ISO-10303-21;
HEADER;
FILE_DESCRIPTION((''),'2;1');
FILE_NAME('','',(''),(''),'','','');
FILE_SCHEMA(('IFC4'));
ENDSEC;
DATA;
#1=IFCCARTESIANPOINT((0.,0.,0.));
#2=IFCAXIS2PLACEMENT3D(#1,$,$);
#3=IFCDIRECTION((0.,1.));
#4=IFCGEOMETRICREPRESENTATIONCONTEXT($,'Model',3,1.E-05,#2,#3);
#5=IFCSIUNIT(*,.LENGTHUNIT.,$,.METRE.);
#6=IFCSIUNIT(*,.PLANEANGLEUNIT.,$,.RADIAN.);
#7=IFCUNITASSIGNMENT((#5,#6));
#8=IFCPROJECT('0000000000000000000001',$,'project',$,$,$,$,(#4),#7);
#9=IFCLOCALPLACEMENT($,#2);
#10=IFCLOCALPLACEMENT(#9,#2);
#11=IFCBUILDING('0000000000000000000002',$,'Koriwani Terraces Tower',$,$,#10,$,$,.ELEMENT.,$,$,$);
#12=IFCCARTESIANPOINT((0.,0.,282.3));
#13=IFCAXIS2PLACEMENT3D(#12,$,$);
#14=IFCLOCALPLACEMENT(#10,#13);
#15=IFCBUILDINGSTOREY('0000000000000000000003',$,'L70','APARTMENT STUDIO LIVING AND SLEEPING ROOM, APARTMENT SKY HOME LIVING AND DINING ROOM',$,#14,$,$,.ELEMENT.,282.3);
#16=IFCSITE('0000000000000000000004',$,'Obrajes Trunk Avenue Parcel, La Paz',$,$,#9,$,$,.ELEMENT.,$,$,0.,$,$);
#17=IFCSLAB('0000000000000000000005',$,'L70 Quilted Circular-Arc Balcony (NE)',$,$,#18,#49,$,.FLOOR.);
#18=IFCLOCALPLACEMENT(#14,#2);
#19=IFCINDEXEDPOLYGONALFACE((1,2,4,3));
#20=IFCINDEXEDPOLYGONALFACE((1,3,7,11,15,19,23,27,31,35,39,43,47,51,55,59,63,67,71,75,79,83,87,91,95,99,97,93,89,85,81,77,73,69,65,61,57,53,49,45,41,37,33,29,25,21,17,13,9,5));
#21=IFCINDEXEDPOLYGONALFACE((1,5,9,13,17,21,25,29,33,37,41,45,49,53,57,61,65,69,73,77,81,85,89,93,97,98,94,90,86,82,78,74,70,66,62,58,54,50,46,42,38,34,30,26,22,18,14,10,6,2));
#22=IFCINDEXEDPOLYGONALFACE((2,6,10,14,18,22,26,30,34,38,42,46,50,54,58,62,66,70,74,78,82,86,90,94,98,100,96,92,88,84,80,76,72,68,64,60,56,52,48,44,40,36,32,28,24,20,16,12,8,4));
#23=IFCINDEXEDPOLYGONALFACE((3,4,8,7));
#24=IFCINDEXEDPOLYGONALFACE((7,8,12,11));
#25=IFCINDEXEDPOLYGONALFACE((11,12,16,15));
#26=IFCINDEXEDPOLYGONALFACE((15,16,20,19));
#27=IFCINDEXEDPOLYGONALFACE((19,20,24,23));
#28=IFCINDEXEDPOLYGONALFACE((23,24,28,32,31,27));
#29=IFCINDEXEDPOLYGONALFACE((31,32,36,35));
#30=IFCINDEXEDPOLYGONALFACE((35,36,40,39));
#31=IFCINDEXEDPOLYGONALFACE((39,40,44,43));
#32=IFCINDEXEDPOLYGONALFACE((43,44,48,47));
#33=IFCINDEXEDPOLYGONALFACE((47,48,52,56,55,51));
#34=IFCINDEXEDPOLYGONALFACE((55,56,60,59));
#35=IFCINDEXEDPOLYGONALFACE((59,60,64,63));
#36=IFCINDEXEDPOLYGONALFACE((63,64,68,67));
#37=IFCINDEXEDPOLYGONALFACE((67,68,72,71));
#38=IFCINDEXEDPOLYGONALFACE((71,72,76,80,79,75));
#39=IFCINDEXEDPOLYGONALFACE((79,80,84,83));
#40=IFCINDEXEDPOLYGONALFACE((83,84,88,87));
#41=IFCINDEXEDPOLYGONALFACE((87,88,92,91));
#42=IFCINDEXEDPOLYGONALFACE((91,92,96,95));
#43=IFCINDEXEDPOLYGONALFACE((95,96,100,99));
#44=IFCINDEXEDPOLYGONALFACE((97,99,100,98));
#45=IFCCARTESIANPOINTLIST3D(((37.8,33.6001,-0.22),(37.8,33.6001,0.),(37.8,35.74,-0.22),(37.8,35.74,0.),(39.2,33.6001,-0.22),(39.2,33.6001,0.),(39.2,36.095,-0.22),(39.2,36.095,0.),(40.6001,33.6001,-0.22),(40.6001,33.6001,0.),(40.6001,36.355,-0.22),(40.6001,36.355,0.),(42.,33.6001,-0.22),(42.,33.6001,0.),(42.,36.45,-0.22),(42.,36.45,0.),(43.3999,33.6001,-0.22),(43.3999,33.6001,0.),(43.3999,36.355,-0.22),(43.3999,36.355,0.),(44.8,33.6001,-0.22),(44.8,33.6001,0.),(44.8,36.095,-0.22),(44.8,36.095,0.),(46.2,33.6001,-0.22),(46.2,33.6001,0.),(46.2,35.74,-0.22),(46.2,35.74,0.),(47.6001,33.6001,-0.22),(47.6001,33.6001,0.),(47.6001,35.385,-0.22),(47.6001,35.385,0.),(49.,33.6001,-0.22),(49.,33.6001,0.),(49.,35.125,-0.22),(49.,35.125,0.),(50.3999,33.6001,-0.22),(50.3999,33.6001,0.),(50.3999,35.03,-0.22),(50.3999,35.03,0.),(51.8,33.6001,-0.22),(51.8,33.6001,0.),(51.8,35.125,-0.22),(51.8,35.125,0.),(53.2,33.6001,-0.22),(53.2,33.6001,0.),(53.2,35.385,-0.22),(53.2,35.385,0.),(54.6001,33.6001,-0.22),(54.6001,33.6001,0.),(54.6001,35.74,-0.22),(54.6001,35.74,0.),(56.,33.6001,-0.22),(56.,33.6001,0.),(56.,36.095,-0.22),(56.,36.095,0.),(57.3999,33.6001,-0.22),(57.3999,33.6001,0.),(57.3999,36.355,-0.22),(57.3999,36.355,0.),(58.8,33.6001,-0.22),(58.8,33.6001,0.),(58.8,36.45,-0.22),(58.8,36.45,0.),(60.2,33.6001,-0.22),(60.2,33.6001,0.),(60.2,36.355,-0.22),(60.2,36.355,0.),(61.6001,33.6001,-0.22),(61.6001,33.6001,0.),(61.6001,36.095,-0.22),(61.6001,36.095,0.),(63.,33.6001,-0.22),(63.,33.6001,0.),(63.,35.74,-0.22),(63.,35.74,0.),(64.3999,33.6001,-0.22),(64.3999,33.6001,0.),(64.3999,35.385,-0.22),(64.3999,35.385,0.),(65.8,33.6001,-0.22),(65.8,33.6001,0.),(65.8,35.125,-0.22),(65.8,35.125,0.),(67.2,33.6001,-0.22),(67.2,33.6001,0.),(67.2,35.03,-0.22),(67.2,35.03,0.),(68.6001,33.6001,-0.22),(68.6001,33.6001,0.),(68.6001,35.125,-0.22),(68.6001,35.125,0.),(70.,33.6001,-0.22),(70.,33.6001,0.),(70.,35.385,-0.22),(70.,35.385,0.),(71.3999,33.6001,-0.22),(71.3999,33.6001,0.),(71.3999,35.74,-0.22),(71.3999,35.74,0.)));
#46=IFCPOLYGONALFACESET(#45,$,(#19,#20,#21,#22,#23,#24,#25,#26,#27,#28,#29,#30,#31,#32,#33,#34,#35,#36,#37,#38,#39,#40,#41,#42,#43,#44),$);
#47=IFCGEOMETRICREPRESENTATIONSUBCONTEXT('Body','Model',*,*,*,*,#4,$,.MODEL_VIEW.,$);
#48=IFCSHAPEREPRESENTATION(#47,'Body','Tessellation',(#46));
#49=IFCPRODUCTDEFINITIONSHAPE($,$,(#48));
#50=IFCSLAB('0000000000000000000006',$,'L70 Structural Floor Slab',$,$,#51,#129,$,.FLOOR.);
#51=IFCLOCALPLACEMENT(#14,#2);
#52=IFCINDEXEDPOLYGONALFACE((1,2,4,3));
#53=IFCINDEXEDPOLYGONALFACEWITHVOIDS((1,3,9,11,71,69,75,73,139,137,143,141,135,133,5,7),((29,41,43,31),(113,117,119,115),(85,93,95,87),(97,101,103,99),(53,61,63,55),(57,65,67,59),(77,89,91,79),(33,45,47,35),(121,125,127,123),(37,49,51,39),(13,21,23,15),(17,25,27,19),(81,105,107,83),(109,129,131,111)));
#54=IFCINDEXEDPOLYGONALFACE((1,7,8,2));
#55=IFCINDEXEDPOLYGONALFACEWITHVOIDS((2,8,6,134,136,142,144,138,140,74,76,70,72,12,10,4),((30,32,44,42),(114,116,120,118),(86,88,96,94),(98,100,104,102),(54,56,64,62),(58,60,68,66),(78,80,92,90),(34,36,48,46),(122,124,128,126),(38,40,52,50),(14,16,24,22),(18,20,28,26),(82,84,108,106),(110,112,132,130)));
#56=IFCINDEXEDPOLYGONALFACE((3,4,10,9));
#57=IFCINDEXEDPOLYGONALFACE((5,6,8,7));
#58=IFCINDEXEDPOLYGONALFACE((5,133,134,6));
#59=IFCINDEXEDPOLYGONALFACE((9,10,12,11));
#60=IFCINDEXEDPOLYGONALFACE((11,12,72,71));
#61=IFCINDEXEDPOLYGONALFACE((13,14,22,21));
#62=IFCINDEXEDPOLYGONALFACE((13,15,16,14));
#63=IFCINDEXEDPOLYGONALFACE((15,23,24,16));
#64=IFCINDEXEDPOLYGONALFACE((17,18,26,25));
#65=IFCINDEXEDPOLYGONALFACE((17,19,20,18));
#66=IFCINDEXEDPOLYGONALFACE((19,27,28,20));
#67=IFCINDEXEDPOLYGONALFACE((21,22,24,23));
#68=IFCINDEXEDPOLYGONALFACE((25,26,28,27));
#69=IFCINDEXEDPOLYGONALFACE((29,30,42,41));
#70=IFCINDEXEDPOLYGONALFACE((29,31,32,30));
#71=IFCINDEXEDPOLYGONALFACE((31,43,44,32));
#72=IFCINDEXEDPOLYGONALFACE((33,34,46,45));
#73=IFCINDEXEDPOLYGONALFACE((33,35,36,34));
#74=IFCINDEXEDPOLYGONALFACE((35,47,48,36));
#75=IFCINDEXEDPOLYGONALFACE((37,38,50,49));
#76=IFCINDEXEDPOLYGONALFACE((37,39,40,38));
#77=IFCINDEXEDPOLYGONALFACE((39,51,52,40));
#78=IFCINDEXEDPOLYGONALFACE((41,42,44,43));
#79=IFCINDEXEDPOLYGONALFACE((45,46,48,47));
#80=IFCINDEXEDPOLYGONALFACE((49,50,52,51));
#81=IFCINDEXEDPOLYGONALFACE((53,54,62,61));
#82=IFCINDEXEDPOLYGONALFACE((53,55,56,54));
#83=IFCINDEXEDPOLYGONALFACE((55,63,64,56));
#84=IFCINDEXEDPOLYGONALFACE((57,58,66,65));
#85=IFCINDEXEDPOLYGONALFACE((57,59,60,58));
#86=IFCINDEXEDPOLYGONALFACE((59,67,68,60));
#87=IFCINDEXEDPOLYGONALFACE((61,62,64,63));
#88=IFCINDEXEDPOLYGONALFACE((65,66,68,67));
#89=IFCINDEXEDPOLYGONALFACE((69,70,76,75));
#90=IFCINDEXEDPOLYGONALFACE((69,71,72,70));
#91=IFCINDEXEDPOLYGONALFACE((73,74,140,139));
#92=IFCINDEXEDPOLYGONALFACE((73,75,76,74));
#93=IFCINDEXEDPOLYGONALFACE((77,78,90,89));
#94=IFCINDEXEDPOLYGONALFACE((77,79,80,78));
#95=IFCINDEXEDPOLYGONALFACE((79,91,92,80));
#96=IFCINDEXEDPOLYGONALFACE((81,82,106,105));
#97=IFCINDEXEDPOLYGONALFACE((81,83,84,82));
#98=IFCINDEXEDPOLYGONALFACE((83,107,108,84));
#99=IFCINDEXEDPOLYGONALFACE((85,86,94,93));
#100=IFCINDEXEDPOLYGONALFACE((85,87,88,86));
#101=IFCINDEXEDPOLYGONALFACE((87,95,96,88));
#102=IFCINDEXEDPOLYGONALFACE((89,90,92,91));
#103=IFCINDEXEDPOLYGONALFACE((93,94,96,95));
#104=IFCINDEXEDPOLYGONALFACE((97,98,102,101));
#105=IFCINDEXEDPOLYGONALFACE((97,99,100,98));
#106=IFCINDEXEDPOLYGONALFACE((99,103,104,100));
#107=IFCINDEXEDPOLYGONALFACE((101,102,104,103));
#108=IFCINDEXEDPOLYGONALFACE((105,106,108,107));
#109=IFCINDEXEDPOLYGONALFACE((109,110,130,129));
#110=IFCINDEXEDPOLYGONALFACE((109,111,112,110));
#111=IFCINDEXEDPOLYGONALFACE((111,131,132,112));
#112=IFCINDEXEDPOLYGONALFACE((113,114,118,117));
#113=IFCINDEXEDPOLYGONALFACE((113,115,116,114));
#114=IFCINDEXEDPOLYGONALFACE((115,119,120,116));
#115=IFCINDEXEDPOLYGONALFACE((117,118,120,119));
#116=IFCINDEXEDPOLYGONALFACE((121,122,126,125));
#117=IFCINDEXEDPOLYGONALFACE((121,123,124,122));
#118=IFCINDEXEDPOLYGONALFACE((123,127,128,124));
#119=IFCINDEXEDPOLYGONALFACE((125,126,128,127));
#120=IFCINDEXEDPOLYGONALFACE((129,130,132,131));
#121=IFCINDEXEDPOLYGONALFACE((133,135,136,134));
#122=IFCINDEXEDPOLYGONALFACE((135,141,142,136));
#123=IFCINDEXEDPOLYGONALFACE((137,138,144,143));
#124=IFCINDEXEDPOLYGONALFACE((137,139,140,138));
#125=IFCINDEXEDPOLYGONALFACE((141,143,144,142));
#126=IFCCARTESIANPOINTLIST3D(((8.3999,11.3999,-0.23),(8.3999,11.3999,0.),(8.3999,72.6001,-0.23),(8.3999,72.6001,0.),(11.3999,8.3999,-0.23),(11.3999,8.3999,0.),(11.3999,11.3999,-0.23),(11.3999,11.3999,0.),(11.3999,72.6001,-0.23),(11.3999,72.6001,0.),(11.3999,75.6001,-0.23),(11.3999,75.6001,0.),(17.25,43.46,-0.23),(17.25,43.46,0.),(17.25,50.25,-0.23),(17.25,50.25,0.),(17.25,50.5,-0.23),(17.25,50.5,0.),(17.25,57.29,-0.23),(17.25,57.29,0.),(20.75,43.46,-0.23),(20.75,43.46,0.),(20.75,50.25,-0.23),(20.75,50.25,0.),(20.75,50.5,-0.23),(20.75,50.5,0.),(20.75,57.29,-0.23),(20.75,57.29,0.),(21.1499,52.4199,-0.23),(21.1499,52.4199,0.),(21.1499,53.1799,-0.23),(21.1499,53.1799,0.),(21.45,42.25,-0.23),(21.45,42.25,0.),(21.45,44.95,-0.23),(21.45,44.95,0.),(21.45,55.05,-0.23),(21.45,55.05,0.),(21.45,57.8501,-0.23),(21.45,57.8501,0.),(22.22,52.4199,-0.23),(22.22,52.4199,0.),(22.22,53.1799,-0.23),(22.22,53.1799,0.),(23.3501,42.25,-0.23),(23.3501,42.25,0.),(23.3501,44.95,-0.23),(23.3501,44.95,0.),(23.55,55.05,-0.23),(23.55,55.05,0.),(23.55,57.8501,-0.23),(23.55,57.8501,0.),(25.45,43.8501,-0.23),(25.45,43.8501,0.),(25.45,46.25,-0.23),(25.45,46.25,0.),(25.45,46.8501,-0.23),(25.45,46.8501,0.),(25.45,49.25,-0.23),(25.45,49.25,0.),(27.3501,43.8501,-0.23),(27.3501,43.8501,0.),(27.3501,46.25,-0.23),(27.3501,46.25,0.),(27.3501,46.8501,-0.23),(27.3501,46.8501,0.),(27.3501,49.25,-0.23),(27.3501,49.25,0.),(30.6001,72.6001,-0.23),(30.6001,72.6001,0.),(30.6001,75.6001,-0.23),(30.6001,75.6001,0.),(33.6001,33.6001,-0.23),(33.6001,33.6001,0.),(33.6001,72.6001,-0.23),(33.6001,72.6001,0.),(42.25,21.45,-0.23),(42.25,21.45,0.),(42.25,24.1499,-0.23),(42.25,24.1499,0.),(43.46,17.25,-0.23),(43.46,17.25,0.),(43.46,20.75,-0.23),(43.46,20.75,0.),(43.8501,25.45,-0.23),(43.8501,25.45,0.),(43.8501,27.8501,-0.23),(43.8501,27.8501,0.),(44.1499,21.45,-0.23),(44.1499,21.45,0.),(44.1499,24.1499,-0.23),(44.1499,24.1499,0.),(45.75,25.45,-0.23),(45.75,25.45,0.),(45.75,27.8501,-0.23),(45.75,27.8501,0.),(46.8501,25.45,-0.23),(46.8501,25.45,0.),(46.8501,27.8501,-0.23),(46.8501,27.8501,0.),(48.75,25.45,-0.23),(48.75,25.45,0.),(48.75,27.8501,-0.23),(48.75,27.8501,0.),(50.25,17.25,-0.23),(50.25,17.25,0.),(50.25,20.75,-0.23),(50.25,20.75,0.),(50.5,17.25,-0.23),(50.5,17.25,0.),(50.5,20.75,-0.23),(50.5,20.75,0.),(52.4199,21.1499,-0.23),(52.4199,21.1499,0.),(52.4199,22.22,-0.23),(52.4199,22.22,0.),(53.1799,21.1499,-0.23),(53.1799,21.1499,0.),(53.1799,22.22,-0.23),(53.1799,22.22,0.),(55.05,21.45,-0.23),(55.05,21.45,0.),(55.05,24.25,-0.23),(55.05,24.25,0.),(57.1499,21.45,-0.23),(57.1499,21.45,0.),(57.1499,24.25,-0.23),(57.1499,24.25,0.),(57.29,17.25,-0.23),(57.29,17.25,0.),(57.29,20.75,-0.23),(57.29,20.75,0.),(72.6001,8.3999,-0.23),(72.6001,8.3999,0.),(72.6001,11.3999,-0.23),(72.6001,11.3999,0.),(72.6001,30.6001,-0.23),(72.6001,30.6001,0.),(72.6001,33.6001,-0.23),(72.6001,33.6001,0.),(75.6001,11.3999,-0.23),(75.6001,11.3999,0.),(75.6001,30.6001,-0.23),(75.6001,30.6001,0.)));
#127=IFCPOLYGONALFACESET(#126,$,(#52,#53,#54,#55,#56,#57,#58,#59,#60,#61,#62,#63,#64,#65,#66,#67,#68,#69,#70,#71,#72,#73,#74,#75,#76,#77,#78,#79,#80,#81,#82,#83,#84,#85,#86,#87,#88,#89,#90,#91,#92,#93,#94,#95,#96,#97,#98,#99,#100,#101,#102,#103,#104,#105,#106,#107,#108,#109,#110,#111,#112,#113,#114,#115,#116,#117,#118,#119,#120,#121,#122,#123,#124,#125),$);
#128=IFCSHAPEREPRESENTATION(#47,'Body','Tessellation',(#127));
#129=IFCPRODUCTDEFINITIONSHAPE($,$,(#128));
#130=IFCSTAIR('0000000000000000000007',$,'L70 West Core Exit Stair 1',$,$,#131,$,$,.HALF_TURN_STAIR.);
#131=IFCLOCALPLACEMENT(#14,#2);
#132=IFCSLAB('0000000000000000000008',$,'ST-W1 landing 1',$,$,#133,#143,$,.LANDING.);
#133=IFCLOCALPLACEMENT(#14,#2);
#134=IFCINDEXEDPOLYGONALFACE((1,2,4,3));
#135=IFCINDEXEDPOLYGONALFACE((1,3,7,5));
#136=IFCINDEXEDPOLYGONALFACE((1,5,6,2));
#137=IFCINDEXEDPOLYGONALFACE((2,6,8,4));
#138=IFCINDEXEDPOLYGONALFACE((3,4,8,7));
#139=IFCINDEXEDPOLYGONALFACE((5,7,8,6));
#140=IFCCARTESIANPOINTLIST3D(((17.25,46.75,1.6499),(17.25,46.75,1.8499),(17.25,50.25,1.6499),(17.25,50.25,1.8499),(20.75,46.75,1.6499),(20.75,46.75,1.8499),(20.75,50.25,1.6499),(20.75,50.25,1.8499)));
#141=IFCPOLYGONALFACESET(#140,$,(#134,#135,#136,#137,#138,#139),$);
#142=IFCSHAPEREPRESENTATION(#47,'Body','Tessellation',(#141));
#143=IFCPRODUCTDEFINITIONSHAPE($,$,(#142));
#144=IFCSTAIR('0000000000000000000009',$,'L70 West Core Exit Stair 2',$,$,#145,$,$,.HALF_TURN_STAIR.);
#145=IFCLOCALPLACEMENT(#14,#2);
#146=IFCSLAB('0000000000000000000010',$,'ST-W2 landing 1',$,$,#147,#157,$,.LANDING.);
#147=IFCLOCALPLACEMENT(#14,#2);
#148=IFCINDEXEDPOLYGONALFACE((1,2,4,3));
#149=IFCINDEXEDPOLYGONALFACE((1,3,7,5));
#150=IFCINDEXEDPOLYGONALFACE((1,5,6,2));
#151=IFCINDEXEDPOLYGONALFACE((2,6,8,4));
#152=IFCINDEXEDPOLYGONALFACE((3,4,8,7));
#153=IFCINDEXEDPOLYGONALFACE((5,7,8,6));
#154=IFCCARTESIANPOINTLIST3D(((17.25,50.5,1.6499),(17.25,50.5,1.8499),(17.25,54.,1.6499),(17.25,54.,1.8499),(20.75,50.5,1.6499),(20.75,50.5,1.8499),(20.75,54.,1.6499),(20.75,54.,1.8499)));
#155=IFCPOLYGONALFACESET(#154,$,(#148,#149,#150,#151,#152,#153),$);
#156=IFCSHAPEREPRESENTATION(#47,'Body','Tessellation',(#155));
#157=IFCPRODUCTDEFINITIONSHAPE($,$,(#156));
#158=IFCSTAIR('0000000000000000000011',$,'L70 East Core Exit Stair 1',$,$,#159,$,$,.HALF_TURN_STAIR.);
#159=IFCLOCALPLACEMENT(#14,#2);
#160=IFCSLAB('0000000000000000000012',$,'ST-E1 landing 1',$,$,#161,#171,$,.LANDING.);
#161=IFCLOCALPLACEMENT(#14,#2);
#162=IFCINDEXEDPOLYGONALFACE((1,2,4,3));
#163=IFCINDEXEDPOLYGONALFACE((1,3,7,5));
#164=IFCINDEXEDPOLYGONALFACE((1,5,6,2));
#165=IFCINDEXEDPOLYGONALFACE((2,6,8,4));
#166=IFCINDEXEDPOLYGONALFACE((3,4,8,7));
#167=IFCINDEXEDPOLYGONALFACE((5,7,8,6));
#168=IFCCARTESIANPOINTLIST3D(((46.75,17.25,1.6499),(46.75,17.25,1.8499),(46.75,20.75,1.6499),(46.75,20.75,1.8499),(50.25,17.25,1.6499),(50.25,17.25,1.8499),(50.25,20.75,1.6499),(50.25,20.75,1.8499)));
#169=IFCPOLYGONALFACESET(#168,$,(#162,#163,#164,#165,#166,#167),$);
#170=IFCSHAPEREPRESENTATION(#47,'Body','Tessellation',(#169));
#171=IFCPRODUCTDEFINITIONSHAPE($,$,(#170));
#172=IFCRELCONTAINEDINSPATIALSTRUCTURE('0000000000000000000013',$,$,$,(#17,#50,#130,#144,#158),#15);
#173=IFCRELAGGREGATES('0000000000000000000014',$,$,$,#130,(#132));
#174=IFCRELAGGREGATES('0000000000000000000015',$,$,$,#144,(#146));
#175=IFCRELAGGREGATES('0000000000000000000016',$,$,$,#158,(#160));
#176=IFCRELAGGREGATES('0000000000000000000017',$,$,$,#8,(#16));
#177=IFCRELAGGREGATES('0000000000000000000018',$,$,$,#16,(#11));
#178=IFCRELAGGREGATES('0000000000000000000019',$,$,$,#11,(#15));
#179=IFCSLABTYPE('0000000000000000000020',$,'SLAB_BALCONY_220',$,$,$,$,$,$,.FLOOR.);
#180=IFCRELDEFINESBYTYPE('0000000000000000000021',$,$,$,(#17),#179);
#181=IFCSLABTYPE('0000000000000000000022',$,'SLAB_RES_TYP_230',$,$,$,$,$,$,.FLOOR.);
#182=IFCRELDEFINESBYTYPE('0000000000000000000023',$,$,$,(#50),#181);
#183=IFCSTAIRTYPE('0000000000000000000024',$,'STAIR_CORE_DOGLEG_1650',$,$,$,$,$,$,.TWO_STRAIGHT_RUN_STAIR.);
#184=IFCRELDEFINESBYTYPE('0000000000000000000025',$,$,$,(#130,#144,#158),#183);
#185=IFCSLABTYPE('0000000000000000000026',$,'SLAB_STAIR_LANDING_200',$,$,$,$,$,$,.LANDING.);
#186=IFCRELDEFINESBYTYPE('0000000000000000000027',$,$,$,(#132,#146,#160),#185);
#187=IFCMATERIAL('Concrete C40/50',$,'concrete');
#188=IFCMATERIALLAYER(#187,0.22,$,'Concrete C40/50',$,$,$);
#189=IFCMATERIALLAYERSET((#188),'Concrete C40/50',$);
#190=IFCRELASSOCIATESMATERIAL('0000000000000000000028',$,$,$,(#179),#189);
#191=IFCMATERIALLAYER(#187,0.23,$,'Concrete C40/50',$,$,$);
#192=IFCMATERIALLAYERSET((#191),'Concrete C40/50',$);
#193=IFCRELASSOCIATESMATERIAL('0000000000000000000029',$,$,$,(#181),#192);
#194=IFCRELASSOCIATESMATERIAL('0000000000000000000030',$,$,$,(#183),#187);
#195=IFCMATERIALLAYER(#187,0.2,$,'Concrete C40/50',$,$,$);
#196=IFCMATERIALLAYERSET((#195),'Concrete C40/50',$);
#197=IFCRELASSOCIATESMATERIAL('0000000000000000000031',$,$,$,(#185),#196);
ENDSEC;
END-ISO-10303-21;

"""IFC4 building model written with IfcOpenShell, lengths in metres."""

from ifc_helpers import new_model, si_unit, direction, frame, origin, place, context, subcontext, project, spatial, polyline, outline, extrude, material, layer, layer_set, type_object, element, aggregate, save


model = new_model("IFC4")

# Units and contexts
model_context = context("Model", 3, precision=1e-05, world=origin(), true_north=direction((0.0, 1.0)))
body_context = subcontext(model_context, "Body", "Model", "MODEL_VIEW")
ifc_project = project(units=[si_unit("LENGTHUNIT", "METRE"), si_unit("PLANEANGLEUNIT", "RADIAN")], contexts=[model_context])

# Site, building, storey
site_placement = place(None, origin())
site = spatial("IfcSite", under=ifc_project, at=site_placement, Name="Obrajes Trunk Avenue Parcel, La Paz", CompositionType="ELEMENT", RefElevation=0.0)
building_placement = place(site_placement, origin())
building = spatial("IfcBuilding", under=site, at=building_placement, Name="Koriwani Terraces Tower", CompositionType="ELEMENT")
storey_placement = place(building_placement, frame((0.0, 0.0, 282.3)))
storey = spatial("IfcBuildingStorey", under=building, at=storey_placement, Name="L70", Description="APARTMENT STUDIO LIVING AND SLEEPING ROOM, APARTMENT SKY HOME LIVING AND DINING ROOM", CompositionType="ELEMENT", Elevation=282.3)

# Slabs
ifc_material_1 = material(Name="Concrete C40/50", Category="concrete")
ifc_layer_1 = layer(ifc_material_1, 0.22, Name="Concrete C40/50")
ifc_layer_set_1 = layer_set([ifc_layer_1], Name="Concrete C40/50")
slab_type_1 = type_object("IfcSlabType", Name="SLAB_BALCONY_220", PredefinedType="FLOOR", material=ifc_layer_set_1)
slab_1_placement = place(storey_placement, frame((0.0, 0.0, -0.22)))
element("IfcSlab", 1, at=slab_1_placement, inside=storey, type_object=slab_type_1, Name="L70 Quilted Circular-Arc Balcony (NE)", PredefinedType="FLOOR", context=body_context, shape_type="SweptSolid", body=[
    extrude(outline(polyline([(71.3999, 33.6001), (70.0, 33.6001), (68.6001, 33.6001), (67.2, 33.6001), (65.8, 33.6001), (64.3999, 33.6001), (63.0, 33.6001), (61.6001, 33.6001), (60.2, 33.6001), (58.8, 33.6001), (57.3999, 33.6001), (56.0, 33.6001), (54.6001, 33.6001), (53.2, 33.6001), (51.8, 33.6001), (50.3999, 33.6001), (49.0, 33.6001), (47.6001, 33.6001), (46.2, 33.6001), (44.8, 33.6001), (43.3999, 33.6001), (42.0, 33.6001), (40.6001, 33.6001), (39.2, 33.6001), (37.8, 33.6001), (37.8, 35.74), (39.2, 36.095), (40.6001, 36.355), (42.0, 36.45), (43.3999, 36.355), (44.8, 36.095), (46.2, 35.74), (47.6001, 35.385), (49.0, 35.125), (50.3999, 35.03), (51.8, 35.125), (53.2, 35.385), (54.6001, 35.74), (56.0, 36.095), (57.3999, 36.355), (58.8, 36.45), (60.2, 36.355), (61.6001, 36.095), (63.0, 35.74), (64.3999, 35.385), (65.8, 35.125), (67.2, 35.03), (68.6001, 35.125), (70.0, 35.385), (71.3999, 35.74), (71.3999, 33.6001)])), origin(), (0.0, 0.0, 1.0), 0.22),
])
ifc_layer_2 = layer(ifc_material_1, 0.23, Name="Concrete C40/50")
ifc_layer_set_2 = layer_set([ifc_layer_2], Name="Concrete C40/50")
slab_type_2 = type_object("IfcSlabType", Name="SLAB_RES_TYP_230", PredefinedType="FLOOR", material=ifc_layer_set_2)
slab_2_placement = place(storey_placement, frame((0.0, 0.0, -0.23)))
element("IfcSlab", 2, at=slab_2_placement, inside=storey, type_object=slab_type_2, Name="L70 Structural Floor Slab", PredefinedType="FLOOR", context=body_context, shape_type="SweptSolid", body=[
    extrude(outline(polyline([(11.3999, 8.3999), (72.6001, 8.3999), (72.6001, 11.3999), (75.6001, 11.3999), (75.6001, 30.6001), (72.6001, 30.6001), (72.6001, 33.6001), (33.6001, 33.6001), (33.6001, 72.6001), (30.6001, 72.6001), (30.6001, 75.6001), (11.3999, 75.6001), (11.3999, 72.6001), (8.3999, 72.6001), (8.3999, 11.3999), (11.3999, 11.3999), (11.3999, 8.3999)]), holes=[polyline([(17.25, 43.46), (20.75, 43.46), (20.75, 50.25), (17.25, 50.25), (17.25, 43.46)]), polyline([(17.25, 50.5), (20.75, 50.5), (20.75, 57.29), (17.25, 57.29), (17.25, 50.5)]), polyline([(43.46, 17.25), (50.25, 17.25), (50.25, 20.75), (43.46, 20.75), (43.46, 17.25)]), polyline([(50.5, 17.25), (57.29, 17.25), (57.29, 20.75), (50.5, 20.75), (50.5, 17.25)]), polyline([(25.45, 43.8501), (27.3501, 43.8501), (27.3501, 46.25), (25.45, 46.25), (25.45, 43.8501)]), polyline([(25.45, 46.8501), (27.3501, 46.8501), (27.3501, 49.25), (25.45, 49.25), (25.45, 46.8501)]), polyline([(43.8501, 25.45), (45.75, 25.45), (45.75, 27.8501), (43.8501, 27.8501), (43.8501, 25.45)]), polyline([(46.8501, 25.45), (48.75, 25.45), (48.75, 27.8501), (46.8501, 27.8501), (46.8501, 25.45)]), polyline([(21.45, 55.05), (23.55, 55.05), (23.55, 57.8501), (21.45, 57.8501), (21.45, 55.05)]), polyline([(55.05, 21.45), (57.1499, 21.45), (57.1499, 24.25), (55.05, 24.25), (55.05, 21.45)]), polyline([(21.45, 42.25), (23.3501, 42.25), (23.3501, 44.95), (21.45, 44.95), (21.45, 42.25)]), polyline([(42.25, 21.45), (44.1499, 21.45), (44.1499, 24.1499), (42.25, 24.1499), (42.25, 21.45)]), polyline([(21.1499, 52.4199), (22.22, 52.4199), (22.22, 53.1799), (21.1499, 53.1799), (21.1499, 52.4199)]), polyline([(52.4199, 21.1499), (53.1799, 21.1499), (53.1799, 22.22), (52.4199, 22.22), (52.4199, 21.1499)])]), origin(), (0.0, 0.0, 1.0), 0.23),
])

# Stairs, slabs
stair_type = type_object("IfcStairType", Name="STAIR_CORE_DOGLEG_1650", PredefinedType="TWO_STRAIGHT_RUN_STAIR", material=ifc_material_1)
stair_1_placement = place(storey_placement, origin())
stair_1 = element("IfcStair", 3, at=stair_1_placement, inside=storey, type_object=stair_type, Name="L70 West Core Exit Stair 1", PredefinedType="HALF_TURN_STAIR")
ifc_layer_3 = layer(ifc_material_1, 0.2, Name="Concrete C40/50")
ifc_layer_set_3 = layer_set([ifc_layer_3], Name="Concrete C40/50")
slab_type_3 = type_object("IfcSlabType", Name="SLAB_STAIR_LANDING_200", PredefinedType="LANDING", material=ifc_layer_set_3)
slab_3_placement = place(storey_placement, frame((0.0, 0.0, 1.6499)))
slab_3 = element("IfcSlab", 4, at=slab_3_placement, type_object=slab_type_3, Name="ST-W1 landing 1", PredefinedType="LANDING", context=body_context, shape_type="SweptSolid", body=[
    extrude(outline(polyline([(20.75, 46.75), (20.75, 50.25), (17.25, 50.25), (17.25, 46.75), (20.75, 46.75)])), origin(), (0.0, 0.0, 1.0), 0.2),
])
aggregate(stair_1, [slab_3])
stair_2_placement = place(storey_placement, origin())
stair_2 = element("IfcStair", 5, at=stair_2_placement, inside=storey, type_object=stair_type, Name="L70 West Core Exit Stair 2", PredefinedType="HALF_TURN_STAIR")
slab_4_placement = place(storey_placement, frame((0.0, 0.0, 1.6499)))
slab_4 = element("IfcSlab", 6, at=slab_4_placement, type_object=slab_type_3, Name="ST-W2 landing 1", PredefinedType="LANDING", context=body_context, shape_type="SweptSolid", body=[
    extrude(outline(polyline([(17.25, 54.0), (17.25, 50.5), (20.75, 50.5), (20.75, 54.0), (17.25, 54.0)])), origin(), (0.0, 0.0, 1.0), 0.2),
])
aggregate(stair_2, [slab_4])
stair_3_placement = place(storey_placement, origin())
stair_3 = element("IfcStair", 7, at=stair_3_placement, inside=storey, type_object=stair_type, Name="L70 East Core Exit Stair 1", PredefinedType="HALF_TURN_STAIR")
slab_5_placement = place(storey_placement, frame((0.0, 0.0, 1.6499)))
slab_5 = element("IfcSlab", 8, at=slab_5_placement, type_object=slab_type_3, Name="ST-E1 landing 1", PredefinedType="LANDING", context=body_context, shape_type="SweptSolid", body=[
    extrude(outline(polyline([(46.75, 17.25), (50.25, 17.25), (50.25, 20.75), (46.75, 20.75), (46.75, 17.25)])), origin(), (0.0, 0.0, 1.0), 0.2),
])
aggregate(stair_3, [slab_5])

save(model, "model.ifc")
